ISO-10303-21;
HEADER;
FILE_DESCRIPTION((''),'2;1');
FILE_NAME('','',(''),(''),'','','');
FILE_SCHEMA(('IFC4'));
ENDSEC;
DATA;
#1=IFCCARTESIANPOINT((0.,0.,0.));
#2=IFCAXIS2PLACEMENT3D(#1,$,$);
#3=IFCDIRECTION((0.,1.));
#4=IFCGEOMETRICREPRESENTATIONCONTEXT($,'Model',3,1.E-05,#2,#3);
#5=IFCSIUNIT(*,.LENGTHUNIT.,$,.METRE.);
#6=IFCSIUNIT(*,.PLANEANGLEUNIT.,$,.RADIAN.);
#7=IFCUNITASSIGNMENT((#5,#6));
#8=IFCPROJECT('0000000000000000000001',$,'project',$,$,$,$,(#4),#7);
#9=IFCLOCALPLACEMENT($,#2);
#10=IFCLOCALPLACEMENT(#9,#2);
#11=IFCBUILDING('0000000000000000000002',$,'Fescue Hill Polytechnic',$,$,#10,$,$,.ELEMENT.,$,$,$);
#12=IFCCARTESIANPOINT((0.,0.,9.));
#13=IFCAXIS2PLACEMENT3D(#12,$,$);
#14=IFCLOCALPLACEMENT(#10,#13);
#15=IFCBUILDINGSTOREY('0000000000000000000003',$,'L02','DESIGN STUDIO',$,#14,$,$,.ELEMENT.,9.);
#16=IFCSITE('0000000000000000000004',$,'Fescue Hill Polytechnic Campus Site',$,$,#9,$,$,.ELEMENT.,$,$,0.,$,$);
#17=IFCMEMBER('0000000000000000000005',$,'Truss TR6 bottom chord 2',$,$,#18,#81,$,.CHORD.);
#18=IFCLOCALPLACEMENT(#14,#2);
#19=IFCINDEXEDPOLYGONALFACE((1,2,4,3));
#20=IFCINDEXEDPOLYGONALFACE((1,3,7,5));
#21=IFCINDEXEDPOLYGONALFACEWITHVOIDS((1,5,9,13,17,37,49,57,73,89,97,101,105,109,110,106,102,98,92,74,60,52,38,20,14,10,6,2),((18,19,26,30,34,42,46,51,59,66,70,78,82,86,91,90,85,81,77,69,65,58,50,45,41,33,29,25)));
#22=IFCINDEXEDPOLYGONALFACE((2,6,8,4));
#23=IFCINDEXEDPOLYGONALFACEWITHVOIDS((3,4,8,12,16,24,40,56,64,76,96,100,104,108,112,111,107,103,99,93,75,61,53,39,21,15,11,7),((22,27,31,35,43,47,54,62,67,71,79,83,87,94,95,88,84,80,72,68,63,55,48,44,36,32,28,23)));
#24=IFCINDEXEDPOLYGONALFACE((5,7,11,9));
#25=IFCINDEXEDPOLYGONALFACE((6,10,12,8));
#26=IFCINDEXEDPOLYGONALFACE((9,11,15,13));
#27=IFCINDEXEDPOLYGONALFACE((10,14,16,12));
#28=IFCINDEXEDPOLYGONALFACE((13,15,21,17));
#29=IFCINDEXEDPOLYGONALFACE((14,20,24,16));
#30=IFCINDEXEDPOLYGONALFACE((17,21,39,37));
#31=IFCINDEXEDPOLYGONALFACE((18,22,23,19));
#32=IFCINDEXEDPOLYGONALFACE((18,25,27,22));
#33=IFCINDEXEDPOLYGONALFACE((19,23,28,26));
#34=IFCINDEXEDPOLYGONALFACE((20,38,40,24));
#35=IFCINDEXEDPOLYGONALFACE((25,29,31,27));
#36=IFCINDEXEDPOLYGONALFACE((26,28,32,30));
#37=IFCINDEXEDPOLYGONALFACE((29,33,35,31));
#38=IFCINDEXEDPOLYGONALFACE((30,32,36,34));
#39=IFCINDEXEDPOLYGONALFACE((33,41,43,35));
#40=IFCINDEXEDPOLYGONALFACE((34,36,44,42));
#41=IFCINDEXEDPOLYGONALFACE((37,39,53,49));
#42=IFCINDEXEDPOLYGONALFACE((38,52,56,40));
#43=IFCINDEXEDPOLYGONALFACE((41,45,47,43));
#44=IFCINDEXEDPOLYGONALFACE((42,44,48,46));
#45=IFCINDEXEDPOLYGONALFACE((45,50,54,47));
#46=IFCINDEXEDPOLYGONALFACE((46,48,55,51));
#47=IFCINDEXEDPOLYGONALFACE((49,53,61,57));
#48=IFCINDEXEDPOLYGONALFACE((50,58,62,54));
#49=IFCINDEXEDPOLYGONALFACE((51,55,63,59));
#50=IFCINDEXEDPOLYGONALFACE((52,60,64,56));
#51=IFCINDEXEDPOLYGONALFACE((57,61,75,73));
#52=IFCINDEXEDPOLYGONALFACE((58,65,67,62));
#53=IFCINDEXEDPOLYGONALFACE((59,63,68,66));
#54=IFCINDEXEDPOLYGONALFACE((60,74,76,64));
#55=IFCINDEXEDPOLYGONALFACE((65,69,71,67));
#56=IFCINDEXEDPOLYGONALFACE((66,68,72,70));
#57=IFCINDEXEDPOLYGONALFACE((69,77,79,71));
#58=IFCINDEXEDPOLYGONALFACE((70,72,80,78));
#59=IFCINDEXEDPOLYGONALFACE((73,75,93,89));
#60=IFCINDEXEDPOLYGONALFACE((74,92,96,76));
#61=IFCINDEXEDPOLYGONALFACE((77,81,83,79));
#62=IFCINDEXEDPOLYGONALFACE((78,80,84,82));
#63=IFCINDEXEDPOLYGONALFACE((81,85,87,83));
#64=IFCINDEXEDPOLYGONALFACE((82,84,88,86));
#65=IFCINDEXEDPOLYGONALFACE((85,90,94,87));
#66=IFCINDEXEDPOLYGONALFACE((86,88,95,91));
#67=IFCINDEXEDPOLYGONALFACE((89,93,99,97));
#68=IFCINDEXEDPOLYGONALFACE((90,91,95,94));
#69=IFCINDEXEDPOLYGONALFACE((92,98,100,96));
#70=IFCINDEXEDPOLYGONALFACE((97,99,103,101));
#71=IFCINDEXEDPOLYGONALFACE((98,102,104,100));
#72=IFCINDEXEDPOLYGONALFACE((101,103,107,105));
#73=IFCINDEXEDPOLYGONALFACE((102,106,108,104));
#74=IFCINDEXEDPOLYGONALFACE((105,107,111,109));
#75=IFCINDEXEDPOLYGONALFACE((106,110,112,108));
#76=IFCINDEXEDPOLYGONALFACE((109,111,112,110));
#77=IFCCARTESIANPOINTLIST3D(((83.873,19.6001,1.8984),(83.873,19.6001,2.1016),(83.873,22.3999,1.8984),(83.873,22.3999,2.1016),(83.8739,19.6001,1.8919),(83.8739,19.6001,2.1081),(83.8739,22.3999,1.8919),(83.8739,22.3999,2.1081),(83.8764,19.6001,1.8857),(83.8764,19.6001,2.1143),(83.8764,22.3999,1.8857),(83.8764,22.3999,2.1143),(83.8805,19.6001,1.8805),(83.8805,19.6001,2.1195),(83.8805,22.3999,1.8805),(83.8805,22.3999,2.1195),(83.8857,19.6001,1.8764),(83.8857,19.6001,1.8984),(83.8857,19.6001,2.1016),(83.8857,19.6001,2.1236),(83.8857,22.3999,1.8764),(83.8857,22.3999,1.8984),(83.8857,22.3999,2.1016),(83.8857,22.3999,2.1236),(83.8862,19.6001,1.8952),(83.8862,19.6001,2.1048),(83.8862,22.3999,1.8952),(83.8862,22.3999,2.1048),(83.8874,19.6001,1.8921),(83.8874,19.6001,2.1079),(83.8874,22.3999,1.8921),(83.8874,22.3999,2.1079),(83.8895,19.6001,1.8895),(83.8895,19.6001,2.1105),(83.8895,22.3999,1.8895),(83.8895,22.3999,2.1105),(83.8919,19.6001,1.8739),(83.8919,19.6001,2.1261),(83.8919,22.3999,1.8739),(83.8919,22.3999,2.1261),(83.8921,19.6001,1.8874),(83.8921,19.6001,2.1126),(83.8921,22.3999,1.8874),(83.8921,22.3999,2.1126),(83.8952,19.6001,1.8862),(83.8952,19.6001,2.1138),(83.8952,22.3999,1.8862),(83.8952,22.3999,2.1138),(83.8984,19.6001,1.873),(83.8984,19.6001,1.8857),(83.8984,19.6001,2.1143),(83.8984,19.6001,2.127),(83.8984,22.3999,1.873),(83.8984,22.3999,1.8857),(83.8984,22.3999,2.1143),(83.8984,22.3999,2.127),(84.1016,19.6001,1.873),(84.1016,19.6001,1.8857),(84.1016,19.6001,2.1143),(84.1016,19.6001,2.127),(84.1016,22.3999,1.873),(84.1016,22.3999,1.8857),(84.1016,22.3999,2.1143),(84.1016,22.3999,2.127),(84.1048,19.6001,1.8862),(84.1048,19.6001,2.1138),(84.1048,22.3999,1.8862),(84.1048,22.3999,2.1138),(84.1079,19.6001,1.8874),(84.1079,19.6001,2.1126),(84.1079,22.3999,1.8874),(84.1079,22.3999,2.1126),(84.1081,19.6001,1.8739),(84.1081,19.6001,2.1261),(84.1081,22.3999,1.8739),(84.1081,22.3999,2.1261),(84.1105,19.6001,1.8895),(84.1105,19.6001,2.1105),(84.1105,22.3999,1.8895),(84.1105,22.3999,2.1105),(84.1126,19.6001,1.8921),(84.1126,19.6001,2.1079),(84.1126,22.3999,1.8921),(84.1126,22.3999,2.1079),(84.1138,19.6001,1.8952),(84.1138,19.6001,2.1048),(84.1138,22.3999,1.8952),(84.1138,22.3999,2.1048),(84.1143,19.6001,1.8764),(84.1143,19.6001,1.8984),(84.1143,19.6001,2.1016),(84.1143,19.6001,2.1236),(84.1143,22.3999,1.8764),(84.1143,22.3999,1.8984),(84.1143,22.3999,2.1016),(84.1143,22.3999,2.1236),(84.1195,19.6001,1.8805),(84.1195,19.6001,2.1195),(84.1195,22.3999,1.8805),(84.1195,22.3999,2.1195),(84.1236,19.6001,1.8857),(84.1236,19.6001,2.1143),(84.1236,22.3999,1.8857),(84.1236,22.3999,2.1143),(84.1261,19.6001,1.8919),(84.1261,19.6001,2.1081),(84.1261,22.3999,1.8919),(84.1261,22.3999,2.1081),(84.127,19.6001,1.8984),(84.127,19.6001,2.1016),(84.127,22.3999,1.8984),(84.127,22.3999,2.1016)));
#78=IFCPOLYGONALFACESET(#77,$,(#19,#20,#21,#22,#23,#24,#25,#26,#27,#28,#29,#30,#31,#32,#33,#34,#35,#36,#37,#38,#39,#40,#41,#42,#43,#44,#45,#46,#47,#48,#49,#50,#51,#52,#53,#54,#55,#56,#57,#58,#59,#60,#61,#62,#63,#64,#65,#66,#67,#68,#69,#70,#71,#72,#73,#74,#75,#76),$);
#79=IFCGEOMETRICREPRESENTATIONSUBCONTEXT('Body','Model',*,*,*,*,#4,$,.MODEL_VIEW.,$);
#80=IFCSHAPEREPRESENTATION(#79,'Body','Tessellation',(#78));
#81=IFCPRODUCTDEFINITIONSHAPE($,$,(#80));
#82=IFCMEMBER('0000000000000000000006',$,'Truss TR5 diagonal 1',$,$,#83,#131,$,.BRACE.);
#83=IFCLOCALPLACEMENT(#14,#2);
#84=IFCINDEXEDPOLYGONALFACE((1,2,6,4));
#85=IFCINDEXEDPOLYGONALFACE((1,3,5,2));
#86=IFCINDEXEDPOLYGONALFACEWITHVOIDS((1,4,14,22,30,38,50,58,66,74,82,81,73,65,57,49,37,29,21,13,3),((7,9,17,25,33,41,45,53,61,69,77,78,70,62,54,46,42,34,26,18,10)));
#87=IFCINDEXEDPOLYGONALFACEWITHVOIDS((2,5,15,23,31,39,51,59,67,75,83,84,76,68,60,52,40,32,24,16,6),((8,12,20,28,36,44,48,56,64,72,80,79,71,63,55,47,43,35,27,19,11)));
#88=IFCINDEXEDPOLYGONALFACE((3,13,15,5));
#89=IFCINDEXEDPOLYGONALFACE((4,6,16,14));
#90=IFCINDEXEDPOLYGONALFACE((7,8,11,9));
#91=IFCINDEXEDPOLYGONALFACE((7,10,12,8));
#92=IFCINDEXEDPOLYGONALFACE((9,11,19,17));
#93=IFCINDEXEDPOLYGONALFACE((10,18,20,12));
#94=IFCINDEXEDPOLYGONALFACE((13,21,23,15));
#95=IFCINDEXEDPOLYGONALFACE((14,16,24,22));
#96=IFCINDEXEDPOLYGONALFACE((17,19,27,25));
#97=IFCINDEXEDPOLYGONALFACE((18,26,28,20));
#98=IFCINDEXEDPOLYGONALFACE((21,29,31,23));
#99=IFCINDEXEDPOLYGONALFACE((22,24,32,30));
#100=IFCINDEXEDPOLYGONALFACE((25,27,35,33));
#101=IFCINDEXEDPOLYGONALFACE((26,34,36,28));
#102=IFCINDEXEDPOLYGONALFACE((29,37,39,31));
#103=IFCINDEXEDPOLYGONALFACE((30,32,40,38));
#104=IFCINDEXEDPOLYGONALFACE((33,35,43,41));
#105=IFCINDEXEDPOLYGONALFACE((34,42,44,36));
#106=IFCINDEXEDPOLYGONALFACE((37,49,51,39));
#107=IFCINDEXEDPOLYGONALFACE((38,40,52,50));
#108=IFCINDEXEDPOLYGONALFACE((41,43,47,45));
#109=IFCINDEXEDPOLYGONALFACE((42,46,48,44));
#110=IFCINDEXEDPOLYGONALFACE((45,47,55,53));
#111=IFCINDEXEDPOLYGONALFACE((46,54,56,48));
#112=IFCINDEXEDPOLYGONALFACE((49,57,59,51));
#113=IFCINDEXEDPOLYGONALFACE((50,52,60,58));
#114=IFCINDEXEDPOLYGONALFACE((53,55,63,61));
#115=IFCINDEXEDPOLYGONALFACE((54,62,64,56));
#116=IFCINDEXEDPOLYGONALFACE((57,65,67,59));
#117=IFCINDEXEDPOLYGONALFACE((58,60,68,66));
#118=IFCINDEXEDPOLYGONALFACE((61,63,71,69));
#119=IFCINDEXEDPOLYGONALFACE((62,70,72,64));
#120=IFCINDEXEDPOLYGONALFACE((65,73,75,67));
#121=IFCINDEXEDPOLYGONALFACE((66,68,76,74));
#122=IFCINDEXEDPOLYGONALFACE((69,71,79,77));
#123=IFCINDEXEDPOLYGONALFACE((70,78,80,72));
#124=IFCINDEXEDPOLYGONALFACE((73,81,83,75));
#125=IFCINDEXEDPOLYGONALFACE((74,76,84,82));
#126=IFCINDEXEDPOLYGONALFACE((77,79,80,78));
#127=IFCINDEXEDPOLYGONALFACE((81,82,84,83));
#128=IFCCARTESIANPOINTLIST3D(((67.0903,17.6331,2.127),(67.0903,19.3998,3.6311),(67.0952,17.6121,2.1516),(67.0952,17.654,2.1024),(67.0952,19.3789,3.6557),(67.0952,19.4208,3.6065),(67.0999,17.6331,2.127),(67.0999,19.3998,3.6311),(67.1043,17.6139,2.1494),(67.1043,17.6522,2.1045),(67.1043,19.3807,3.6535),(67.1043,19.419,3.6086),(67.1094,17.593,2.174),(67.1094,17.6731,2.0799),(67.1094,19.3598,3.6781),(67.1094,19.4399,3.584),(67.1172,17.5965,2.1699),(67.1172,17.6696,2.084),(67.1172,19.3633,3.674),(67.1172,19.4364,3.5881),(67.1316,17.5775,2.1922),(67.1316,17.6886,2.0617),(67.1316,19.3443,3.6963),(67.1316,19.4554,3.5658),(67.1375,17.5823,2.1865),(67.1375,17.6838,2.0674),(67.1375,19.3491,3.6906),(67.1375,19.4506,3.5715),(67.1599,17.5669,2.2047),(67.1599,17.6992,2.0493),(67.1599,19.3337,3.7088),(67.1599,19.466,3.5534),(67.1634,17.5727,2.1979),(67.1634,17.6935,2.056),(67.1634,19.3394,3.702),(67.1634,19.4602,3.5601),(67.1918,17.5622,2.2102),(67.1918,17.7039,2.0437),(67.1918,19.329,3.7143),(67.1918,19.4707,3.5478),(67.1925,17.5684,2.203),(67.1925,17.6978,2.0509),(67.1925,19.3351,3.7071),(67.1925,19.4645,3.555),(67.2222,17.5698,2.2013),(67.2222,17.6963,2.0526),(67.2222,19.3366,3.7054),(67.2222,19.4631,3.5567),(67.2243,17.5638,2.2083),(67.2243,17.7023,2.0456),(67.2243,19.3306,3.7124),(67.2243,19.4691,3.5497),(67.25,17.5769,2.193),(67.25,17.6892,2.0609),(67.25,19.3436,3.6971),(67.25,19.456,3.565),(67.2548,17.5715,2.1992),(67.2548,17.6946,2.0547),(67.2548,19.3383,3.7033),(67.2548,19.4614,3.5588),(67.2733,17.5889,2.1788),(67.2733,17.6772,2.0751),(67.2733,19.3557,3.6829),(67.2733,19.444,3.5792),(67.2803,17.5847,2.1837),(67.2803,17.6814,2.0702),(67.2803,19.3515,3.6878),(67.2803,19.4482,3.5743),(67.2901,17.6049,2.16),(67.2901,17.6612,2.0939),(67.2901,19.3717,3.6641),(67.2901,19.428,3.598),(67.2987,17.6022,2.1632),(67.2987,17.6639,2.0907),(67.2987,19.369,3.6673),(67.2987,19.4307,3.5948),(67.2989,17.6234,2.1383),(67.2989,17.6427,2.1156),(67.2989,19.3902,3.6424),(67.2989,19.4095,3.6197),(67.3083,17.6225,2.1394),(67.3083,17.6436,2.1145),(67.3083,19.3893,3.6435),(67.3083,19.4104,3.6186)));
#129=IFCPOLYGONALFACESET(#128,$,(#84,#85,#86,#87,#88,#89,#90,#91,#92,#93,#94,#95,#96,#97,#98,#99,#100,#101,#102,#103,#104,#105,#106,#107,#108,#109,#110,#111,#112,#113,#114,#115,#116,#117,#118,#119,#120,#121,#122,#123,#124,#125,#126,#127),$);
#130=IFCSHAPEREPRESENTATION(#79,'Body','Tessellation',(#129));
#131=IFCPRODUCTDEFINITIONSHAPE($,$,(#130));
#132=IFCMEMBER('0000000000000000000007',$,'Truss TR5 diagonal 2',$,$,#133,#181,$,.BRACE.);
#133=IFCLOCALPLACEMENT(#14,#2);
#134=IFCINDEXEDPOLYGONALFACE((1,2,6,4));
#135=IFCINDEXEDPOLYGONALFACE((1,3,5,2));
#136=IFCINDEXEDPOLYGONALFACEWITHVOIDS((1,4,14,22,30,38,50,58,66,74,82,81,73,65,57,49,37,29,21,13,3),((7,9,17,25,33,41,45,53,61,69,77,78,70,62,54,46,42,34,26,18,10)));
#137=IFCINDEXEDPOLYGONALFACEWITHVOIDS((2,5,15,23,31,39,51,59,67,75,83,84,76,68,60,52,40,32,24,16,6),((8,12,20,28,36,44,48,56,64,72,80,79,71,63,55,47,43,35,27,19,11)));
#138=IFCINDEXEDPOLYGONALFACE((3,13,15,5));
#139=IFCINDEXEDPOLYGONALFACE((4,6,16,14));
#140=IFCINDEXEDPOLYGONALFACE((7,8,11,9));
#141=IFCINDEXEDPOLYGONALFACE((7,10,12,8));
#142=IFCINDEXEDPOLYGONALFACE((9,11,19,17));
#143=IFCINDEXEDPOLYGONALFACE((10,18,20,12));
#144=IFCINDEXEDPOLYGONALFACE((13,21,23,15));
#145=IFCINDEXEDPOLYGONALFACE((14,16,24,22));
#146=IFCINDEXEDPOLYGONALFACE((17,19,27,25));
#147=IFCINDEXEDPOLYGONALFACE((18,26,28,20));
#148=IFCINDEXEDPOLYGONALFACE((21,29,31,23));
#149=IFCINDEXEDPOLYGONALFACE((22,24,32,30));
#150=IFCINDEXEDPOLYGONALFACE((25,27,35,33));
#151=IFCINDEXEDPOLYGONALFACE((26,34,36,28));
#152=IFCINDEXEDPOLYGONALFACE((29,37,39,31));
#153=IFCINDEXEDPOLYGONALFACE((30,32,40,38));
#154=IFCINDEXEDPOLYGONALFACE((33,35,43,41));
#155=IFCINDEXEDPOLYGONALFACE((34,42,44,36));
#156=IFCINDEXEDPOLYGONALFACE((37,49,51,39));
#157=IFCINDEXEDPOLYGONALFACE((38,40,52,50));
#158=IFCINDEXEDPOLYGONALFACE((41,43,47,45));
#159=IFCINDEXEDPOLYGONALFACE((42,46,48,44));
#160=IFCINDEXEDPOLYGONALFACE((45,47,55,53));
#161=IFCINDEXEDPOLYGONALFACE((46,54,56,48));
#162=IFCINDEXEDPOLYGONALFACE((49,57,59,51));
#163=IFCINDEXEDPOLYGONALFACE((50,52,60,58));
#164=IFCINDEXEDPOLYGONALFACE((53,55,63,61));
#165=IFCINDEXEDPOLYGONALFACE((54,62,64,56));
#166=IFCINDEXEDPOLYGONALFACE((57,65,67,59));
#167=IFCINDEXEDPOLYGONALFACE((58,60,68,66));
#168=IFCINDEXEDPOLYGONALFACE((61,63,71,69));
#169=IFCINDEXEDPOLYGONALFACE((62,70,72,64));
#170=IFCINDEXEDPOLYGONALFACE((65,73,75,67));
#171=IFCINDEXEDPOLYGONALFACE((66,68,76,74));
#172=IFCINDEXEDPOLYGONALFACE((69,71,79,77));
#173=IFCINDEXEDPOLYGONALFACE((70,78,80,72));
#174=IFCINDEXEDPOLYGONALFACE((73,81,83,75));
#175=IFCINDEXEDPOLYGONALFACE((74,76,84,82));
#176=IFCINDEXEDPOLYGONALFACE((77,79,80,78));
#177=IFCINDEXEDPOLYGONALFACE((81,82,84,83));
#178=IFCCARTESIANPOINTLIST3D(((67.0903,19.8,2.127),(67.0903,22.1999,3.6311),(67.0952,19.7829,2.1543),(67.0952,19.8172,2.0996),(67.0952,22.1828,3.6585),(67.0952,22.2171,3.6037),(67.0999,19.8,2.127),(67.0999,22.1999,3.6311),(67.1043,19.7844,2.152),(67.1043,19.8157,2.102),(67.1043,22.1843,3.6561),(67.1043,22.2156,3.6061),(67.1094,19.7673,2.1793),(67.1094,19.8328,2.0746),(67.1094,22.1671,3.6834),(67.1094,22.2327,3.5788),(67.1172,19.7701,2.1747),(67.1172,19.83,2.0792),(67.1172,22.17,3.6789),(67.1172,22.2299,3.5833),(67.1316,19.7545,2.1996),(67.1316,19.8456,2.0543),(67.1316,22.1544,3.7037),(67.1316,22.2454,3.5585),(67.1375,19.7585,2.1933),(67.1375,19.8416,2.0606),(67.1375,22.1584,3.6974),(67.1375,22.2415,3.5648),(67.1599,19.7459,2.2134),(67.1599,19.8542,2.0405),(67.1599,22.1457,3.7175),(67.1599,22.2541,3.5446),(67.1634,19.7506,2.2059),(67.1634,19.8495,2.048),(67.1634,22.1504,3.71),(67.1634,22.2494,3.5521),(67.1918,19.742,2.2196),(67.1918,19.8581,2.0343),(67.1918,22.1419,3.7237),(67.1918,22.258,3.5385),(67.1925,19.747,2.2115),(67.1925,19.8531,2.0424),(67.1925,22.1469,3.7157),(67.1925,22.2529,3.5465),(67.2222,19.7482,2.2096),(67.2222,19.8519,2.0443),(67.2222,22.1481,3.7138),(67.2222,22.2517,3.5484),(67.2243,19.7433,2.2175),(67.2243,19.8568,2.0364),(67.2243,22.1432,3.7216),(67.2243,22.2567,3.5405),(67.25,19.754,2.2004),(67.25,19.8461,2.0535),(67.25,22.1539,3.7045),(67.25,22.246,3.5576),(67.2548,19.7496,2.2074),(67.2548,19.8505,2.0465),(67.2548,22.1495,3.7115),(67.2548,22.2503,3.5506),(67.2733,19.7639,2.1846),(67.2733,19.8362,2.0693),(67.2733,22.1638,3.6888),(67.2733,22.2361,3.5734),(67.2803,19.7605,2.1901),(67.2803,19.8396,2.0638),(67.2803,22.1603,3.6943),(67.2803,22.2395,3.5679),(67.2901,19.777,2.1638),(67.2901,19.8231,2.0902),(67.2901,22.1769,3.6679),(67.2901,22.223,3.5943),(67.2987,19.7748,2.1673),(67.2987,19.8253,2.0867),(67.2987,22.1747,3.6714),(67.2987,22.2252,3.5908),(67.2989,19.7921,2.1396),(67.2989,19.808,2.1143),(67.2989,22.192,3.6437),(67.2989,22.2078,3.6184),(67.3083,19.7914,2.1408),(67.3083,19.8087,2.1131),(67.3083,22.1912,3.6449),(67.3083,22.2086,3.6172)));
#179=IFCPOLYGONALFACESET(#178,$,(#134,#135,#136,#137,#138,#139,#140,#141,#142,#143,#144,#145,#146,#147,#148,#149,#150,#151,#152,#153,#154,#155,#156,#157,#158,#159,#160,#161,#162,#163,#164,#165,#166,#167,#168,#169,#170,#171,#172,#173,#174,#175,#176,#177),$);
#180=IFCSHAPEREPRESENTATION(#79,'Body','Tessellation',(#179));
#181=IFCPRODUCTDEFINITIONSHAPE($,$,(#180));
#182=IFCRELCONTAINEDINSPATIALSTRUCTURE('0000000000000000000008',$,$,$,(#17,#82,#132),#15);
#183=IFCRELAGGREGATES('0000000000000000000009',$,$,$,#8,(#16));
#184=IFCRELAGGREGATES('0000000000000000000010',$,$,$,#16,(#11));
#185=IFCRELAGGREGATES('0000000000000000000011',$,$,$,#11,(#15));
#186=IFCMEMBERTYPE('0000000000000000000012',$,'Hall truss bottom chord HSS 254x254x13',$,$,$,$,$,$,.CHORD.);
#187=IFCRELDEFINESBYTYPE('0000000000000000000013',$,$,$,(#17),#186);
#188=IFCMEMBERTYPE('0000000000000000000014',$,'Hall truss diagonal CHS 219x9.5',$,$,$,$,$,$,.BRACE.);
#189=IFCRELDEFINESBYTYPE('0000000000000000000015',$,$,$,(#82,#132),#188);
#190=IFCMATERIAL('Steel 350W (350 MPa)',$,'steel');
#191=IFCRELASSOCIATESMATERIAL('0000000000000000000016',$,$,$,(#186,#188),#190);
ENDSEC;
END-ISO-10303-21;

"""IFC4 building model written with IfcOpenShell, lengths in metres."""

from ifc_helpers import new_model, si_unit, direction, frame, origin, origin_2d, place, context, subcontext, project, spatial, hollow_rectangle, hollow_circle, extrude, material, material_profile, profile_set, type_object, element, save


model = new_model("IFC4")

# Units and contexts
model_context = context("Model", 3, precision=1e-05, world=origin(), true_north=direction((0.0, 1.0)))
body_context = subcontext(model_context, "Body", "Model", "MODEL_VIEW")
ifc_project = project(units=[si_unit("LENGTHUNIT", "METRE"), si_unit("PLANEANGLEUNIT", "RADIAN")], contexts=[model_context])

# Site, building, storey
site_placement = place(None, origin())
site = spatial("IfcSite", under=ifc_project, at=site_placement, Name="Fescue Hill Polytechnic Campus Site", CompositionType="ELEMENT", RefElevation=0.0)
building_placement = place(site_placement, origin())
building = spatial("IfcBuilding", under=site, at=building_placement, Name="Fescue Hill Polytechnic", CompositionType="ELEMENT")
storey_placement = place(building_placement, frame((0.0, 0.0, 9.0)))
storey = spatial("IfcBuildingStorey", under=building, at=storey_placement, Name="L02", Description="DESIGN STUDIO", CompositionType="ELEMENT", Elevation=9.0)

# Members
ifc_material_1 = material(Name="Steel 350W (350 MPa)", Category="steel")
ifc_material_profile_1 = material_profile(ifc_material_1, hollow_rectangle(XDim=0.2539, YDim=0.2539, WallThickness=0.0127, InnerFilletRadius=0.0127, OuterFilletRadius=0.0254, at=origin_2d()), Name="Hall truss bottom chord HSS 254x254x13")
ifc_profile_set_1 = profile_set([ifc_material_profile_1], Name="Steel 350W (350 MPa)")
member_type_1 = type_object("IfcMemberType", Name="Hall truss bottom chord HSS 254x254x13", PredefinedType="CHORD", material=ifc_profile_set_1)
member_1_placement = place(storey_placement, frame((84.0, 19.6001, 2.0), z_axis=(0.0, 1.0, 0.0), x_axis=(-1.0, 0.0, 0.0)))
element("IfcMember", 1, at=member_1_placement, inside=storey, type_object=member_type_1, Name="Truss TR6 bottom chord 2", PredefinedType="CHORD", context=body_context, shape_type="SweptSolid", body=[
    extrude(hollow_rectangle(XDim=0.2539, YDim=0.2539, WallThickness=0.0127, InnerFilletRadius=0.0127, OuterFilletRadius=0.0254, at=origin_2d()), origin(), (0.0, 0.0, 1.0), 2.7998),
])
ifc_material_profile_2 = material_profile(ifc_material_1, hollow_circle(Radius=0.1096, WallThickness=0.0095, at=origin_2d()), Name="Hall truss diagonal CHS 219x9.5")
ifc_profile_set_2 = profile_set([ifc_material_profile_2], Name="Steel 350W (350 MPa)")
member_type_2 = type_object("IfcMemberType", Name="Hall truss diagonal CHS 219x9.5", PredefinedType="BRACE", material=ifc_profile_set_2)
member_2_placement = place(storey_placement, frame((67.2, 17.6331, 2.127), z_axis=(0.0, 0.761443, 0.648232), x_axis=(-1.0, 0.0, 0.0)))
element("IfcMember", 2, at=member_2_placement, inside=storey, type_object=member_type_2, Name="Truss TR5 diagonal 1", PredefinedType="BRACE", context=body_context, shape_type="SweptSolid", body=[
    extrude(hollow_circle(Radius=0.1096, WallThickness=0.0095, at=origin_2d()), origin(), (0.0, 0.0, 1.0), 2.3203),
])
member_3_placement = place(storey_placement, frame((67.2, 19.8, 2.127), z_axis=(0.0, 0.847329, 0.531068), x_axis=(-1.0, 0.0, 0.0)))
element("IfcMember", 3, at=member_3_placement, inside=storey, type_object=member_type_2, Name="Truss TR5 diagonal 2", PredefinedType="BRACE", context=body_context, shape_type="SweptSolid", body=[
    extrude(hollow_circle(Radius=0.1096, WallThickness=0.0095, at=origin_2d()), origin(), (0.0, 0.0, 1.0), 2.8323),
])

save(model, "model.ifc")
